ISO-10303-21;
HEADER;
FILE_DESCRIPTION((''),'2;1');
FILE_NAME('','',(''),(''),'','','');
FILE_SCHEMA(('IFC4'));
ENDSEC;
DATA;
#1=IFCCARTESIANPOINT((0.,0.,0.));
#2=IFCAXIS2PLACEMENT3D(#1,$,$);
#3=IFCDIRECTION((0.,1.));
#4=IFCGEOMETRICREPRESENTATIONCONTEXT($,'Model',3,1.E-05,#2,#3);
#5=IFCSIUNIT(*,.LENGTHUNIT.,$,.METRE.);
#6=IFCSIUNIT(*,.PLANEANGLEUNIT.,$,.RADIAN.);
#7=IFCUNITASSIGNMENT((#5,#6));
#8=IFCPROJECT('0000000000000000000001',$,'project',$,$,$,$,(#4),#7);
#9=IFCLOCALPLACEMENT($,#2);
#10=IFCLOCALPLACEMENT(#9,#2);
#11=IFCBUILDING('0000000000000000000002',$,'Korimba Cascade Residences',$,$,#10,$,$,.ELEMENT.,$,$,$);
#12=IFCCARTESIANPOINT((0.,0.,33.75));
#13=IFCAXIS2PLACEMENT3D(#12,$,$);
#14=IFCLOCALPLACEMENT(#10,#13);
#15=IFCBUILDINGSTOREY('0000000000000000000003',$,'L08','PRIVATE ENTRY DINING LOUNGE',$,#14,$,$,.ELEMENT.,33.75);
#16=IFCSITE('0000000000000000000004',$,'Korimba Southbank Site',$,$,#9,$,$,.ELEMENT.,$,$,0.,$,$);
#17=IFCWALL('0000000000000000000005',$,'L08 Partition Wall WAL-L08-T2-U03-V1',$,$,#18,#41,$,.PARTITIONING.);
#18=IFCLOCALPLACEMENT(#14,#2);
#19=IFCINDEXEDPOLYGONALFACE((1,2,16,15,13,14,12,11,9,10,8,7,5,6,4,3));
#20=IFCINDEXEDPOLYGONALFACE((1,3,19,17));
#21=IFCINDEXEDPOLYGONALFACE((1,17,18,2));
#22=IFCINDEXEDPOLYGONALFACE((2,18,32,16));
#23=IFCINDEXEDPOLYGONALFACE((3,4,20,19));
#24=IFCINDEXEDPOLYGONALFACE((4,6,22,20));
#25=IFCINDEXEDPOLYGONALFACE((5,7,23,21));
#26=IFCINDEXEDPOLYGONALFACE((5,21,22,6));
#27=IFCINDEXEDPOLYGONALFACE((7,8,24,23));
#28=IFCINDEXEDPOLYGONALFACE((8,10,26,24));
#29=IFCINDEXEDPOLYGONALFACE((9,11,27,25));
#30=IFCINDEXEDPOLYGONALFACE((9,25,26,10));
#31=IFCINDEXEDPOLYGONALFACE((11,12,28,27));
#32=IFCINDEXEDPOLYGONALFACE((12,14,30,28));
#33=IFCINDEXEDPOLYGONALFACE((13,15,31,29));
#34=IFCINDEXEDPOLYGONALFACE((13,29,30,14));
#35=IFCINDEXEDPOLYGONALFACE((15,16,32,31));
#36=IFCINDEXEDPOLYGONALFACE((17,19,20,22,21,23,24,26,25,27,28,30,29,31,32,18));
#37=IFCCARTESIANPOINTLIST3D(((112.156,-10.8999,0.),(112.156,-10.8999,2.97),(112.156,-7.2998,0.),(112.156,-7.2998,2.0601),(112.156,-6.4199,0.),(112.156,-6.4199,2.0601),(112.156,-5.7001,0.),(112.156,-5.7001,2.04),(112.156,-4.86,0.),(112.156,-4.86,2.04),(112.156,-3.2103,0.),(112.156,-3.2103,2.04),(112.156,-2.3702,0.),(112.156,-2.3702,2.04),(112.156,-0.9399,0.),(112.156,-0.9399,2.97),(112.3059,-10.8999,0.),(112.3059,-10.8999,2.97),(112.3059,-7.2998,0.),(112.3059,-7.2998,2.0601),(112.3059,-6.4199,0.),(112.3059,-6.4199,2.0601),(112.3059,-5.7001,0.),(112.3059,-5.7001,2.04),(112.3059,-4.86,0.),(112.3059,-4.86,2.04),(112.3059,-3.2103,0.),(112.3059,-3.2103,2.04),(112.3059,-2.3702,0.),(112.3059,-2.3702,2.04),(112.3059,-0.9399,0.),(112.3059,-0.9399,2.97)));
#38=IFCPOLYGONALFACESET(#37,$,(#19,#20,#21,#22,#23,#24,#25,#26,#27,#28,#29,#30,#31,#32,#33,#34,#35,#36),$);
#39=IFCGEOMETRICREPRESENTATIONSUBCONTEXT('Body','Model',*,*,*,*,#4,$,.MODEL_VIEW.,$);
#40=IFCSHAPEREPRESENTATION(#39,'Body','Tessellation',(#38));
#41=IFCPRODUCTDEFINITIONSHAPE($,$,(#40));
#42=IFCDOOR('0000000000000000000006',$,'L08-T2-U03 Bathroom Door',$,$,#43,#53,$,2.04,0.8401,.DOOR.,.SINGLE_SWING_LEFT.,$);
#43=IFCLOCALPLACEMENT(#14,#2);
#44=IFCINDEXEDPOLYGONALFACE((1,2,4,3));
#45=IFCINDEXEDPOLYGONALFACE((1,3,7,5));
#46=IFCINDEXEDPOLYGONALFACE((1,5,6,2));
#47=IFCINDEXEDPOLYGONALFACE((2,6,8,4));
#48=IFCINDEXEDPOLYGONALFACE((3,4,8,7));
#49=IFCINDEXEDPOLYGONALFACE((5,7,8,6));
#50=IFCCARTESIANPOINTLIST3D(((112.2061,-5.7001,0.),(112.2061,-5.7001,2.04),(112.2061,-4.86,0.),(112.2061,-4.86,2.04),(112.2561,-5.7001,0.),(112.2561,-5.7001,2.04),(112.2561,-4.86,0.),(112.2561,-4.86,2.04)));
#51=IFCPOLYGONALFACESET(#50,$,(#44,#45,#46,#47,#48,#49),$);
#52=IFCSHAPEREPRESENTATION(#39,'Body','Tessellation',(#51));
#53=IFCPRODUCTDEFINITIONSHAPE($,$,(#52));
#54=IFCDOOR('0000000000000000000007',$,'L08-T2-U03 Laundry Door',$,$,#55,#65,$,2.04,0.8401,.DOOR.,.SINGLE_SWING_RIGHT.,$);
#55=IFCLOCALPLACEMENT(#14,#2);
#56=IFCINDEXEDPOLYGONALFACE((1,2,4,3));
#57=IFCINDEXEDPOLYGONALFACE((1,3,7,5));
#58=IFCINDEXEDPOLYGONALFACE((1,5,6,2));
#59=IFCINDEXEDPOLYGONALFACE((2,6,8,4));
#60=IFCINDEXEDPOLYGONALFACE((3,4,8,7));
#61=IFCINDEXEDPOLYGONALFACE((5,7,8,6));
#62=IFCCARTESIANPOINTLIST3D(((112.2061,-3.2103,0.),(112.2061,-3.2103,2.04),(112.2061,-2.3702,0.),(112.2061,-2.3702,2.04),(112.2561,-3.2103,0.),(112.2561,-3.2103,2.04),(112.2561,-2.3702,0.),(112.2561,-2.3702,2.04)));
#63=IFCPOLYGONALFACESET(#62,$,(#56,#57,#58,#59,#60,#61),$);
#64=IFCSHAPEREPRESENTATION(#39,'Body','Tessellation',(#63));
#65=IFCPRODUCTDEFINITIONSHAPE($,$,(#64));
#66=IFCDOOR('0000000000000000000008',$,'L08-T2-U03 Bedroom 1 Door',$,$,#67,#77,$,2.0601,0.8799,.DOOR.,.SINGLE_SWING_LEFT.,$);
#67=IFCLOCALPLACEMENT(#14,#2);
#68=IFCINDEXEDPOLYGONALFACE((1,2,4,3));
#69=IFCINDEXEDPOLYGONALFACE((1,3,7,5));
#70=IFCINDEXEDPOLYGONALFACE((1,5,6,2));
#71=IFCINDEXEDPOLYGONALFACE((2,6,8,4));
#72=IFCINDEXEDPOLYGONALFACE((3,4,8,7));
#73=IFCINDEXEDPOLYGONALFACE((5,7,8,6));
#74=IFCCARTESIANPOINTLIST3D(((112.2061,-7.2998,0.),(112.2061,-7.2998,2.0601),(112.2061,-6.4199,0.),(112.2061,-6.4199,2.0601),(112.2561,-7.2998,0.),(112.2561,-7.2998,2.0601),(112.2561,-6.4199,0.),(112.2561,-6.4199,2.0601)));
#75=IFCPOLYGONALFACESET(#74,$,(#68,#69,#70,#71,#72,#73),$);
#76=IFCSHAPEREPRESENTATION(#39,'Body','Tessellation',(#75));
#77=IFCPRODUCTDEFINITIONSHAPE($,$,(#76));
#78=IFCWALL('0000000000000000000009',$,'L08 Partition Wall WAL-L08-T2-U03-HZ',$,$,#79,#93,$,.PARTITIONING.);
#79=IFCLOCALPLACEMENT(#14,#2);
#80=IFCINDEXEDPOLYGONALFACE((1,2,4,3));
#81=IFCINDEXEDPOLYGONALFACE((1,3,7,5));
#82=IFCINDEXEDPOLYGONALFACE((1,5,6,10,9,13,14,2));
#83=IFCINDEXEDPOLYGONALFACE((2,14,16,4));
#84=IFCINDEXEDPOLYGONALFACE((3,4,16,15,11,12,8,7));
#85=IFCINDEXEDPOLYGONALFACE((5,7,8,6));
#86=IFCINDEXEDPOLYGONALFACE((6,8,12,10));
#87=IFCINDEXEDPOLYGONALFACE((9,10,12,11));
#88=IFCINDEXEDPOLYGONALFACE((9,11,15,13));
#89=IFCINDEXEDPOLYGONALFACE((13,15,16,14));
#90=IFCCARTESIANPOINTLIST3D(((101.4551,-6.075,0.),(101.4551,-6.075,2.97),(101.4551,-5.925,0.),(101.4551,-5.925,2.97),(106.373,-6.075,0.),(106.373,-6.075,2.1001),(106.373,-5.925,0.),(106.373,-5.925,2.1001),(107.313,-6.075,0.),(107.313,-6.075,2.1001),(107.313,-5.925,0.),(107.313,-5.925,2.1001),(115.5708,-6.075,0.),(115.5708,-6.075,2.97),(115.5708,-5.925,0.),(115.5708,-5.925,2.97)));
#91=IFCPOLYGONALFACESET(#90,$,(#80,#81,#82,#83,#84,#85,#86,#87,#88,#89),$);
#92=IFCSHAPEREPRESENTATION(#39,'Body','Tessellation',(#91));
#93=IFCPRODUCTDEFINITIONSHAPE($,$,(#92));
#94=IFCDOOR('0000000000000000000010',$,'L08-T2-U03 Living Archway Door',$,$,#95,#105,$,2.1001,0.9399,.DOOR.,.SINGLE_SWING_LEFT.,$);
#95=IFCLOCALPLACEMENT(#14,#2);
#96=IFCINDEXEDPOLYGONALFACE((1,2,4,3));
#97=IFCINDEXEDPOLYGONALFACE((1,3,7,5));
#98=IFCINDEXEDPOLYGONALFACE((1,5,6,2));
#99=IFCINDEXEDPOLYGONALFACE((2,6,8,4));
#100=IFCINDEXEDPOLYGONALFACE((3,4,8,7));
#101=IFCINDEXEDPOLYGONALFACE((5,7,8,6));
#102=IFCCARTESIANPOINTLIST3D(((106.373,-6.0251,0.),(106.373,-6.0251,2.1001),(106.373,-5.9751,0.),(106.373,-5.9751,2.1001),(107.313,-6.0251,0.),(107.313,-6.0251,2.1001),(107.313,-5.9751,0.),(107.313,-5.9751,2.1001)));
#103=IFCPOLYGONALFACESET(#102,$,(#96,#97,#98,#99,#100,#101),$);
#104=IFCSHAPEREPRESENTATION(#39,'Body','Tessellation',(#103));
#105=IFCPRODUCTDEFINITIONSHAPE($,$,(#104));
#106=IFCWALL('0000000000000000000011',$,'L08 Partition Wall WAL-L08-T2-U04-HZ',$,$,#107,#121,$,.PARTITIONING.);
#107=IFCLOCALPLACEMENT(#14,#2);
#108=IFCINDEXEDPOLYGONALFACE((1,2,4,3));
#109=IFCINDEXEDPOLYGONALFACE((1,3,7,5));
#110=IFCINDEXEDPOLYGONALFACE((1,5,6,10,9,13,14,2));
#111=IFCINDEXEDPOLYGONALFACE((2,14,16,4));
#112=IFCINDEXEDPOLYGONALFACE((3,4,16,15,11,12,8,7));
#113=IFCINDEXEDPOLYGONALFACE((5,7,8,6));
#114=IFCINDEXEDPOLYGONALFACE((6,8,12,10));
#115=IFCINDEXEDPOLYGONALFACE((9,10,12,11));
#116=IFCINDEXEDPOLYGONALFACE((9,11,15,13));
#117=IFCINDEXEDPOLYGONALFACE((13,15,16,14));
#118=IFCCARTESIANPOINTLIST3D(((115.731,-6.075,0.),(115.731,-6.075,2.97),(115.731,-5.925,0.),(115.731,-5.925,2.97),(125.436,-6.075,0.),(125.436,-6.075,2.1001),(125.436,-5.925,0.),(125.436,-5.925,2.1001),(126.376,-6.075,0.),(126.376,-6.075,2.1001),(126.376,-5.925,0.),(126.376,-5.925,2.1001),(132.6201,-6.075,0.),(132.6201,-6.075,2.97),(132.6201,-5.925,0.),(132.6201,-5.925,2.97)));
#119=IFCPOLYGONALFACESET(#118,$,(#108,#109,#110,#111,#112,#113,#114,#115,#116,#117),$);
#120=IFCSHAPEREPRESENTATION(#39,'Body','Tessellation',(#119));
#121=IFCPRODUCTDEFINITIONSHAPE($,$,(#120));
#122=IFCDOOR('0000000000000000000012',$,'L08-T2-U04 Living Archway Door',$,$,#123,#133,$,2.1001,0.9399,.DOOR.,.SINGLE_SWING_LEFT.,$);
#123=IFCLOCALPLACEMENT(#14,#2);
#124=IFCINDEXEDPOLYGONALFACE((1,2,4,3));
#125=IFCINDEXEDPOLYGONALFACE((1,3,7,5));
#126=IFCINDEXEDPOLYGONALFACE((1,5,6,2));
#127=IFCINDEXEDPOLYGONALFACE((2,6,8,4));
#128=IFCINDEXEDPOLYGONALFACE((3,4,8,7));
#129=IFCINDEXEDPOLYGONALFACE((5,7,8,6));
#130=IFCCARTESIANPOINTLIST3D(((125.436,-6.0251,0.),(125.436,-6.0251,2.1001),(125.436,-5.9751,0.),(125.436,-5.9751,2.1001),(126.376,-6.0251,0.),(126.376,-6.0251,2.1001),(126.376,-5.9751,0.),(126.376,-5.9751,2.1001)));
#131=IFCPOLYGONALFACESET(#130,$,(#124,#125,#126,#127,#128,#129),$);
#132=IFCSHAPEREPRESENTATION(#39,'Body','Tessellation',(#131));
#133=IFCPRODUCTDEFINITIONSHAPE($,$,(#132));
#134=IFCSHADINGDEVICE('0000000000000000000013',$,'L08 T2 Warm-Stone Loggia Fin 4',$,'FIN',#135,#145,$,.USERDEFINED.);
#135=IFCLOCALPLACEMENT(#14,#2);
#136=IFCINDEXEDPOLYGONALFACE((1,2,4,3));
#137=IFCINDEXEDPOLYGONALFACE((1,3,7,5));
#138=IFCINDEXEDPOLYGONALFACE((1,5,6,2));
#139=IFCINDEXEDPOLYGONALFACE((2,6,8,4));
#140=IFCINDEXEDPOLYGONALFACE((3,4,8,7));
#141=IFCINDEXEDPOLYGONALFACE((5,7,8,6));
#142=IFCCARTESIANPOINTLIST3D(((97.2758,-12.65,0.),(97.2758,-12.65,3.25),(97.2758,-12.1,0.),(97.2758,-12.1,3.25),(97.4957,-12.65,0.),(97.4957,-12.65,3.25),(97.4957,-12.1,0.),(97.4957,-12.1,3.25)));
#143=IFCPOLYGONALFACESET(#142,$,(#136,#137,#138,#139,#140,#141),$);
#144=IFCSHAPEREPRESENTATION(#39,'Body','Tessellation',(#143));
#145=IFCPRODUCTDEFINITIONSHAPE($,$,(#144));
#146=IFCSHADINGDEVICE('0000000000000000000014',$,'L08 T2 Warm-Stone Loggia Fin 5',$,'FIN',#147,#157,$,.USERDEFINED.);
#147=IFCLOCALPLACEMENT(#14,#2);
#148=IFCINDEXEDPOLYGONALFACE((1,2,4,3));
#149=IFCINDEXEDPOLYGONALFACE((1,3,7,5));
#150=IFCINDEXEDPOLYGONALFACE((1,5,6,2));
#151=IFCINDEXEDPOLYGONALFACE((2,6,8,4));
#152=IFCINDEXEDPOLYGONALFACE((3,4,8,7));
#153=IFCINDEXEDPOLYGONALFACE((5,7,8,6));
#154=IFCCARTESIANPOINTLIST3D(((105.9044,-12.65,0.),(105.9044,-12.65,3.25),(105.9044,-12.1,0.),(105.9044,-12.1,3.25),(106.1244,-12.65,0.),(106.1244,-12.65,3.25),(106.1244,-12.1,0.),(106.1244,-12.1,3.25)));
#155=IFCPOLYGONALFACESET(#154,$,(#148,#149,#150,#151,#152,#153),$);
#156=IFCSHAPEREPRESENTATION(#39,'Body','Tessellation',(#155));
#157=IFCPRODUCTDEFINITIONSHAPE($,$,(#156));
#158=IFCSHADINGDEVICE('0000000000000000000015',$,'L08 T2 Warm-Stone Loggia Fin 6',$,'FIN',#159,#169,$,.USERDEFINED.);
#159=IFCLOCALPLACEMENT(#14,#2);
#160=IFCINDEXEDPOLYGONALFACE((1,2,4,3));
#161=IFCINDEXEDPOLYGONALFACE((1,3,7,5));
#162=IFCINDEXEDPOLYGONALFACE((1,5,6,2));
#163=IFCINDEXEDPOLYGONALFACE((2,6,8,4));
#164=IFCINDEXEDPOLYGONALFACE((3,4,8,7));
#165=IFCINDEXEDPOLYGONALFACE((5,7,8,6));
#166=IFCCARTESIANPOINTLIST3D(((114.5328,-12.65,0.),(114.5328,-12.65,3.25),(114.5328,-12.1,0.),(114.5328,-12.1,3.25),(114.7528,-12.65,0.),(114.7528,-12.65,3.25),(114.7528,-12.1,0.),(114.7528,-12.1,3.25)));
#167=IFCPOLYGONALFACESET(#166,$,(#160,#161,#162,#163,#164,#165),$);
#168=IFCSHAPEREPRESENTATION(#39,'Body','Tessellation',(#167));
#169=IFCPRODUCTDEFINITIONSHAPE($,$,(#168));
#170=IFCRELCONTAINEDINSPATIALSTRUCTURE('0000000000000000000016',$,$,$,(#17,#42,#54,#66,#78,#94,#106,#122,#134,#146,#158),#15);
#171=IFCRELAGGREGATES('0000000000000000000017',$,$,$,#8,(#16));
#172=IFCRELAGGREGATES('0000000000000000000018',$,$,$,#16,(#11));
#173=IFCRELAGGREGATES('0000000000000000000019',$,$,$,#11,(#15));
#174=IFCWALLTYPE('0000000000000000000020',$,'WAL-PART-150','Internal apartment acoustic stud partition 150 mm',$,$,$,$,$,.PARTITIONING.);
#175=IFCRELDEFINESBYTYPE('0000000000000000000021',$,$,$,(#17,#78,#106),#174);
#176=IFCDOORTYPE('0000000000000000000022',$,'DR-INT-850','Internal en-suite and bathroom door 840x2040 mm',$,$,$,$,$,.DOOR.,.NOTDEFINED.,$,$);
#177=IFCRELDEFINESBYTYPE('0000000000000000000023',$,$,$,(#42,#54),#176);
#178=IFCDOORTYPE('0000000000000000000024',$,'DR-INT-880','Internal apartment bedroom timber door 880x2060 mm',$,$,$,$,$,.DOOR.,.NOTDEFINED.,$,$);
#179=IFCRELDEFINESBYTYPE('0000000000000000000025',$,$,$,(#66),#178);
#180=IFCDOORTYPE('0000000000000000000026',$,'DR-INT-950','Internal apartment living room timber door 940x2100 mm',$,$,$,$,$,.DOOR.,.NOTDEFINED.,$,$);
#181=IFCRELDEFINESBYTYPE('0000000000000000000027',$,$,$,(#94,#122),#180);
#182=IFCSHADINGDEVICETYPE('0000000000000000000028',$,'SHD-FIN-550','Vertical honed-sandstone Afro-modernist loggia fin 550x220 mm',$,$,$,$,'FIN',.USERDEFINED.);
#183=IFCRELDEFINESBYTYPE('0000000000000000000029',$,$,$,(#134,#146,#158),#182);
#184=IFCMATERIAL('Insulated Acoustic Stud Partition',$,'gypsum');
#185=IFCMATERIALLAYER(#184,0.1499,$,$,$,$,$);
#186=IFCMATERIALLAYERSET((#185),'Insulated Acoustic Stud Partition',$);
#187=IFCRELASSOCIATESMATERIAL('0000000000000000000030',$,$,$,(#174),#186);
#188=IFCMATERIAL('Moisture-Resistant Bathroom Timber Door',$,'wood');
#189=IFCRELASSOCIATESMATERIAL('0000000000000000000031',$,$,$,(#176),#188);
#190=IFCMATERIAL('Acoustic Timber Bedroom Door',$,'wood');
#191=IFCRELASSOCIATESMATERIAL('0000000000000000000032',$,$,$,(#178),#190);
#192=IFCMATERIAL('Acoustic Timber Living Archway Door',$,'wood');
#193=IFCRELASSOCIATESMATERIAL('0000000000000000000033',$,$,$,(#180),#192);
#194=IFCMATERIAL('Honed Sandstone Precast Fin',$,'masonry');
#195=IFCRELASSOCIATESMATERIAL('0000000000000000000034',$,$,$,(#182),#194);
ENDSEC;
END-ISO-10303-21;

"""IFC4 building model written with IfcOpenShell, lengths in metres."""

from ifc_helpers import new_model, si_unit, direction, frame, frame_2d, origin, origin_2d, place, context, subcontext, project, spatial, rectangle, extrude, material, layer, layer_set, type_object, element, fill, save


model = new_model("IFC4")

# Units and contexts
model_context = context("Model", 3, precision=1e-05, world=origin(), true_north=direction((0.0, 1.0)))
body_context = subcontext(model_context, "Body", "Model", "MODEL_VIEW")
ifc_project = project(units=[si_unit("LENGTHUNIT", "METRE"), si_unit("PLANEANGLEUNIT", "RADIAN")], contexts=[model_context])

# Site, building, storey
site_placement = place(None, origin())
site = spatial("IfcSite", under=ifc_project, at=site_placement, Name="Korimba Southbank Site", CompositionType="ELEMENT", RefElevation=0.0)
building_placement = place(site_placement, origin())
building = spatial("IfcBuilding", under=site, at=building_placement, Name="Korimba Cascade Residences", CompositionType="ELEMENT")
storey_placement = place(building_placement, frame((0.0, 0.0, 33.75)))
storey = spatial("IfcBuildingStorey", under=building, at=storey_placement, Name="L08", Description="PRIVATE ENTRY DINING LOUNGE", CompositionType="ELEMENT", Elevation=33.75)

# Shared definitions
ifc_material_1 = material(Name="Insulated Acoustic Stud Partition", Category="gypsum")
ifc_layer_1 = layer(ifc_material_1, 0.1499)
ifc_layer_set_1 = layer_set([ifc_layer_1], Name="Insulated Acoustic Stud Partition")
wall_type_1 = type_object("IfcWallType", Name="WAL-PART-150", Description="Internal apartment acoustic stud partition 150 mm", PredefinedType="PARTITIONING", material=ifc_layer_set_1)
ifc_material_2 = material(Name="Moisture-Resistant Bathroom Timber Door", Category="wood")
door_type_1 = type_object("IfcDoorType", Name="DR-INT-850", Description="Internal en-suite and bathroom door 840x2040 mm", OperationType="NOTDEFINED", PredefinedType="DOOR", material=ifc_material_2)
ifc_material_3 = material(Name="Acoustic Timber Bedroom Door", Category="wood")
door_type_2 = type_object("IfcDoorType", Name="DR-INT-880", Description="Internal apartment bedroom timber door 880x2060 mm", OperationType="NOTDEFINED", PredefinedType="DOOR", material=ifc_material_3)

# Wall, openings, doors
wall_1_placement = place(storey_placement, frame((112.231, -10.8999, 0.0), z_axis=(0.0, 0.0, 1.0), x_axis=(0.0, 1.0, 0.0)))
wall_1 = element("IfcWall", 1, at=wall_1_placement, inside=storey, type_object=wall_type_1, Name="L08 Partition Wall WAL-L08-T2-U03-V1", PredefinedType="PARTITIONING", context=body_context, shape_type="SweptSolid", body=[
    extrude(rectangle(XDim=9.96, YDim=0.1499, at=frame_2d((4.98, 0.0))), origin(), (0.0, 0.0, 1.0), 2.97),
])
opening_1_placement = place(wall_1_placement, frame((5.2, 0.0, 0.0)))
opening_1 = element("IfcOpeningElement", 2, at=opening_1_placement, cuts=wall_1, PredefinedType="OPENING", context=body_context, shape_type="SweptSolid", body=[
    extrude(rectangle(XDim=0.8401, YDim=2.04, at=frame_2d((0.4199, 1.02))), frame((0.0, 0.085, 0.0), z_axis=(0.0, -1.0, 0.0), x_axis=(1.0, 0.0, 0.0)), (0.0, 0.0, 1.0), 0.1699),
])
opening_2_placement = place(wall_1_placement, frame((7.6897, 0.0, 0.0)))
opening_2 = element("IfcOpeningElement", 3, at=opening_2_placement, cuts=wall_1, PredefinedType="OPENING", context=body_context, shape_type="SweptSolid", body=[
    extrude(rectangle(XDim=0.8401, YDim=2.04, at=frame_2d((0.4199, 1.02))), frame((0.0, 0.085, 0.0), z_axis=(0.0, -1.0, 0.0), x_axis=(1.0, 0.0, 0.0)), (0.0, 0.0, 1.0), 0.1699),
])
opening_3_placement = place(wall_1_placement, frame((3.6001, 0.0, 0.0)))
opening_3 = element("IfcOpeningElement", 4, at=opening_3_placement, cuts=wall_1, PredefinedType="OPENING", context=body_context, shape_type="SweptSolid", body=[
    extrude(rectangle(XDim=0.8799, YDim=2.0601, at=frame_2d((0.4399, 1.03))), frame((0.0, 0.085, 0.0), z_axis=(0.0, -1.0, 0.0), x_axis=(1.0, 0.0, 0.0)), (0.0, 0.0, 1.0), 0.1699),
])
door_1_placement = place(opening_1_placement, origin())
door_1 = element("IfcDoor", 5, at=door_1_placement, inside=storey, type_object=door_type_1, Name="L08-T2-U03 Bathroom Door", OperationType="SINGLE_SWING_LEFT", OverallHeight=2.04, OverallWidth=0.8401, PredefinedType="DOOR", context=body_context, shape_type="SweptSolid", body=[
    extrude(rectangle(XDim=0.8401, YDim=2.04, at=frame_2d((0.4199, 1.02))), frame((0.0, 0.0249, 0.0), z_axis=(0.0, -1.0, 0.0), x_axis=(1.0, 0.0, 0.0)), (0.0, 0.0, 1.0), 0.05),
])
fill(opening_1, door_1)
door_2_placement = place(opening_2_placement, origin())
door_2 = element("IfcDoor", 6, at=door_2_placement, inside=storey, type_object=door_type_1, Name="L08-T2-U03 Laundry Door", OperationType="SINGLE_SWING_RIGHT", OverallHeight=2.04, OverallWidth=0.8401, PredefinedType="DOOR", context=body_context, shape_type="SweptSolid", body=[
    extrude(rectangle(XDim=0.8401, YDim=2.04, at=frame_2d((0.4199, 1.02))), frame((0.0, 0.0249, 0.0), z_axis=(0.0, -1.0, 0.0), x_axis=(1.0, 0.0, 0.0)), (0.0, 0.0, 1.0), 0.05),
])
fill(opening_2, door_2)
door_3_placement = place(opening_3_placement, origin())
door_3 = element("IfcDoor", 7, at=door_3_placement, inside=storey, type_object=door_type_2, Name="L08-T2-U03 Bedroom 1 Door", OperationType="SINGLE_SWING_LEFT", OverallHeight=2.0601, OverallWidth=0.8799, PredefinedType="DOOR", context=body_context, shape_type="SweptSolid", body=[
    extrude(rectangle(XDim=0.8799, YDim=2.0601, at=frame_2d((0.4399, 1.03))), frame((0.0, 0.0249, 0.0), z_axis=(0.0, -1.0, 0.0), x_axis=(1.0, 0.0, 0.0)), (0.0, 0.0, 1.0), 0.05),
])
fill(opening_3, door_3)

# Walls, openings, doors
wall_2_placement = place(storey_placement, frame((101.4551, -6.0, 0.0), z_axis=(0.0, 0.0, 1.0), x_axis=(1.0, 0.0, 0.0)))
wall_2 = element("IfcWall", 8, at=wall_2_placement, inside=storey, type_object=wall_type_1, Name="L08 Partition Wall WAL-L08-T2-U03-HZ", PredefinedType="PARTITIONING", context=body_context, shape_type="SweptSolid", body=[
    extrude(rectangle(XDim=14.1157, YDim=0.1499, at=frame_2d((7.0579, 0.0))), origin(), (0.0, 0.0, 1.0), 2.97),
])
opening_4_placement = place(wall_2_placement, frame((4.918, 0.0, 0.0)))
opening_4 = element("IfcOpeningElement", 9, at=opening_4_placement, cuts=wall_2, PredefinedType="OPENING", context=body_context, shape_type="SweptSolid", body=[
    extrude(rectangle(XDim=0.9399, YDim=2.1001, at=frame_2d((0.47, 1.05))), frame((0.0, 0.085, 0.0), z_axis=(0.0, -1.0, 0.0), x_axis=(1.0, 0.0, 0.0)), (0.0, 0.0, 1.0), 0.1699),
])
ifc_material_4 = material(Name="Acoustic Timber Living Archway Door", Category="wood")
door_type_3 = type_object("IfcDoorType", Name="DR-INT-950", Description="Internal apartment living room timber door 940x2100 mm", OperationType="NOTDEFINED", PredefinedType="DOOR", material=ifc_material_4)
door_4_placement = place(opening_4_placement, origin())
door_4 = element("IfcDoor", 10, at=door_4_placement, inside=storey, type_object=door_type_3, Name="L08-T2-U03 Living Archway Door", OperationType="SINGLE_SWING_LEFT", OverallHeight=2.1001, OverallWidth=0.9399, PredefinedType="DOOR", context=body_context, shape_type="SweptSolid", body=[
    extrude(rectangle(XDim=0.9399, YDim=2.1001, at=frame_2d((0.47, 1.05))), frame((0.0, 0.0249, 0.0), z_axis=(0.0, -1.0, 0.0), x_axis=(1.0, 0.0, 0.0)), (0.0, 0.0, 1.0), 0.05),
])
fill(opening_4, door_4)
wall_3_placement = place(storey_placement, frame((115.731, -6.0, 0.0), z_axis=(0.0, 0.0, 1.0), x_axis=(1.0, 0.0, 0.0)))
wall_3 = element("IfcWall", 11, at=wall_3_placement, inside=storey, type_object=wall_type_1, Name="L08 Partition Wall WAL-L08-T2-U04-HZ", PredefinedType="PARTITIONING", context=body_context, shape_type="SweptSolid", body=[
    extrude(rectangle(XDim=16.8892, YDim=0.1499, at=frame_2d((8.4446, 0.0))), origin(), (0.0, 0.0, 1.0), 2.97),
])
opening_5_placement = place(wall_3_placement, frame((9.7051, 0.0, 0.0)))
opening_5 = element("IfcOpeningElement", 12, at=opening_5_placement, cuts=wall_3, PredefinedType="OPENING", context=body_context, shape_type="SweptSolid", body=[
    extrude(rectangle(XDim=0.9399, YDim=2.1001, at=frame_2d((0.47, 1.05))), frame((0.0, 0.085, 0.0), z_axis=(0.0, -1.0, 0.0), x_axis=(1.0, 0.0, 0.0)), (0.0, 0.0, 1.0), 0.1699),
])
door_5_placement = place(opening_5_placement, origin())
door_5 = element("IfcDoor", 13, at=door_5_placement, inside=storey, type_object=door_type_3, Name="L08-T2-U04 Living Archway Door", OperationType="SINGLE_SWING_LEFT", OverallHeight=2.1001, OverallWidth=0.9399, PredefinedType="DOOR", context=body_context, shape_type="SweptSolid", body=[
    extrude(rectangle(XDim=0.9399, YDim=2.1001, at=frame_2d((0.47, 1.05))), frame((0.0, 0.0249, 0.0), z_axis=(0.0, -1.0, 0.0), x_axis=(1.0, 0.0, 0.0)), (0.0, 0.0, 1.0), 0.05),
])
fill(opening_5, door_5)

# Shading devices
ifc_material_5 = material(Name="Honed Sandstone Precast Fin", Category="masonry")
shading_device_type = type_object("IfcShadingDeviceType", Name="SHD-FIN-550", Description="Vertical honed-sandstone Afro-modernist loggia fin 550x220 mm", ElementType="FIN", PredefinedType="USERDEFINED", material=ifc_material_5)
for number, where, z_axis, x_axis, name in (
    (14, (97.3857, -12.375, 0.0), (0.0, 0.0, 1.0), (1.0, 0.0, 0.0), "L08 T2 Warm-Stone Loggia Fin 4"),
    (15, (106.0144, -12.375, 0.0), (0.0, 0.0, 1.0), (1.0, 0.0, 0.0), "L08 T2 Warm-Stone Loggia Fin 5"),
    (16, (114.6428, -12.375, 0.0), (0.0, 0.0, 1.0), (1.0, 0.0, 0.0), "L08 T2 Warm-Stone Loggia Fin 6"),
):
    element("IfcShadingDevice", number, at=place(storey_placement, frame(where, z_axis=z_axis, x_axis=x_axis)), inside=storey, type_object=shading_device_type, Name=name, ObjectType="FIN", PredefinedType="USERDEFINED", context=body_context, shape_type="SweptSolid", body=[
        extrude(rectangle(XDim=0.22, YDim=0.55, at=origin_2d()), origin(), (0.0, 0.0, 1.0), 3.25),
    ])

save(model, "model.ifc")
